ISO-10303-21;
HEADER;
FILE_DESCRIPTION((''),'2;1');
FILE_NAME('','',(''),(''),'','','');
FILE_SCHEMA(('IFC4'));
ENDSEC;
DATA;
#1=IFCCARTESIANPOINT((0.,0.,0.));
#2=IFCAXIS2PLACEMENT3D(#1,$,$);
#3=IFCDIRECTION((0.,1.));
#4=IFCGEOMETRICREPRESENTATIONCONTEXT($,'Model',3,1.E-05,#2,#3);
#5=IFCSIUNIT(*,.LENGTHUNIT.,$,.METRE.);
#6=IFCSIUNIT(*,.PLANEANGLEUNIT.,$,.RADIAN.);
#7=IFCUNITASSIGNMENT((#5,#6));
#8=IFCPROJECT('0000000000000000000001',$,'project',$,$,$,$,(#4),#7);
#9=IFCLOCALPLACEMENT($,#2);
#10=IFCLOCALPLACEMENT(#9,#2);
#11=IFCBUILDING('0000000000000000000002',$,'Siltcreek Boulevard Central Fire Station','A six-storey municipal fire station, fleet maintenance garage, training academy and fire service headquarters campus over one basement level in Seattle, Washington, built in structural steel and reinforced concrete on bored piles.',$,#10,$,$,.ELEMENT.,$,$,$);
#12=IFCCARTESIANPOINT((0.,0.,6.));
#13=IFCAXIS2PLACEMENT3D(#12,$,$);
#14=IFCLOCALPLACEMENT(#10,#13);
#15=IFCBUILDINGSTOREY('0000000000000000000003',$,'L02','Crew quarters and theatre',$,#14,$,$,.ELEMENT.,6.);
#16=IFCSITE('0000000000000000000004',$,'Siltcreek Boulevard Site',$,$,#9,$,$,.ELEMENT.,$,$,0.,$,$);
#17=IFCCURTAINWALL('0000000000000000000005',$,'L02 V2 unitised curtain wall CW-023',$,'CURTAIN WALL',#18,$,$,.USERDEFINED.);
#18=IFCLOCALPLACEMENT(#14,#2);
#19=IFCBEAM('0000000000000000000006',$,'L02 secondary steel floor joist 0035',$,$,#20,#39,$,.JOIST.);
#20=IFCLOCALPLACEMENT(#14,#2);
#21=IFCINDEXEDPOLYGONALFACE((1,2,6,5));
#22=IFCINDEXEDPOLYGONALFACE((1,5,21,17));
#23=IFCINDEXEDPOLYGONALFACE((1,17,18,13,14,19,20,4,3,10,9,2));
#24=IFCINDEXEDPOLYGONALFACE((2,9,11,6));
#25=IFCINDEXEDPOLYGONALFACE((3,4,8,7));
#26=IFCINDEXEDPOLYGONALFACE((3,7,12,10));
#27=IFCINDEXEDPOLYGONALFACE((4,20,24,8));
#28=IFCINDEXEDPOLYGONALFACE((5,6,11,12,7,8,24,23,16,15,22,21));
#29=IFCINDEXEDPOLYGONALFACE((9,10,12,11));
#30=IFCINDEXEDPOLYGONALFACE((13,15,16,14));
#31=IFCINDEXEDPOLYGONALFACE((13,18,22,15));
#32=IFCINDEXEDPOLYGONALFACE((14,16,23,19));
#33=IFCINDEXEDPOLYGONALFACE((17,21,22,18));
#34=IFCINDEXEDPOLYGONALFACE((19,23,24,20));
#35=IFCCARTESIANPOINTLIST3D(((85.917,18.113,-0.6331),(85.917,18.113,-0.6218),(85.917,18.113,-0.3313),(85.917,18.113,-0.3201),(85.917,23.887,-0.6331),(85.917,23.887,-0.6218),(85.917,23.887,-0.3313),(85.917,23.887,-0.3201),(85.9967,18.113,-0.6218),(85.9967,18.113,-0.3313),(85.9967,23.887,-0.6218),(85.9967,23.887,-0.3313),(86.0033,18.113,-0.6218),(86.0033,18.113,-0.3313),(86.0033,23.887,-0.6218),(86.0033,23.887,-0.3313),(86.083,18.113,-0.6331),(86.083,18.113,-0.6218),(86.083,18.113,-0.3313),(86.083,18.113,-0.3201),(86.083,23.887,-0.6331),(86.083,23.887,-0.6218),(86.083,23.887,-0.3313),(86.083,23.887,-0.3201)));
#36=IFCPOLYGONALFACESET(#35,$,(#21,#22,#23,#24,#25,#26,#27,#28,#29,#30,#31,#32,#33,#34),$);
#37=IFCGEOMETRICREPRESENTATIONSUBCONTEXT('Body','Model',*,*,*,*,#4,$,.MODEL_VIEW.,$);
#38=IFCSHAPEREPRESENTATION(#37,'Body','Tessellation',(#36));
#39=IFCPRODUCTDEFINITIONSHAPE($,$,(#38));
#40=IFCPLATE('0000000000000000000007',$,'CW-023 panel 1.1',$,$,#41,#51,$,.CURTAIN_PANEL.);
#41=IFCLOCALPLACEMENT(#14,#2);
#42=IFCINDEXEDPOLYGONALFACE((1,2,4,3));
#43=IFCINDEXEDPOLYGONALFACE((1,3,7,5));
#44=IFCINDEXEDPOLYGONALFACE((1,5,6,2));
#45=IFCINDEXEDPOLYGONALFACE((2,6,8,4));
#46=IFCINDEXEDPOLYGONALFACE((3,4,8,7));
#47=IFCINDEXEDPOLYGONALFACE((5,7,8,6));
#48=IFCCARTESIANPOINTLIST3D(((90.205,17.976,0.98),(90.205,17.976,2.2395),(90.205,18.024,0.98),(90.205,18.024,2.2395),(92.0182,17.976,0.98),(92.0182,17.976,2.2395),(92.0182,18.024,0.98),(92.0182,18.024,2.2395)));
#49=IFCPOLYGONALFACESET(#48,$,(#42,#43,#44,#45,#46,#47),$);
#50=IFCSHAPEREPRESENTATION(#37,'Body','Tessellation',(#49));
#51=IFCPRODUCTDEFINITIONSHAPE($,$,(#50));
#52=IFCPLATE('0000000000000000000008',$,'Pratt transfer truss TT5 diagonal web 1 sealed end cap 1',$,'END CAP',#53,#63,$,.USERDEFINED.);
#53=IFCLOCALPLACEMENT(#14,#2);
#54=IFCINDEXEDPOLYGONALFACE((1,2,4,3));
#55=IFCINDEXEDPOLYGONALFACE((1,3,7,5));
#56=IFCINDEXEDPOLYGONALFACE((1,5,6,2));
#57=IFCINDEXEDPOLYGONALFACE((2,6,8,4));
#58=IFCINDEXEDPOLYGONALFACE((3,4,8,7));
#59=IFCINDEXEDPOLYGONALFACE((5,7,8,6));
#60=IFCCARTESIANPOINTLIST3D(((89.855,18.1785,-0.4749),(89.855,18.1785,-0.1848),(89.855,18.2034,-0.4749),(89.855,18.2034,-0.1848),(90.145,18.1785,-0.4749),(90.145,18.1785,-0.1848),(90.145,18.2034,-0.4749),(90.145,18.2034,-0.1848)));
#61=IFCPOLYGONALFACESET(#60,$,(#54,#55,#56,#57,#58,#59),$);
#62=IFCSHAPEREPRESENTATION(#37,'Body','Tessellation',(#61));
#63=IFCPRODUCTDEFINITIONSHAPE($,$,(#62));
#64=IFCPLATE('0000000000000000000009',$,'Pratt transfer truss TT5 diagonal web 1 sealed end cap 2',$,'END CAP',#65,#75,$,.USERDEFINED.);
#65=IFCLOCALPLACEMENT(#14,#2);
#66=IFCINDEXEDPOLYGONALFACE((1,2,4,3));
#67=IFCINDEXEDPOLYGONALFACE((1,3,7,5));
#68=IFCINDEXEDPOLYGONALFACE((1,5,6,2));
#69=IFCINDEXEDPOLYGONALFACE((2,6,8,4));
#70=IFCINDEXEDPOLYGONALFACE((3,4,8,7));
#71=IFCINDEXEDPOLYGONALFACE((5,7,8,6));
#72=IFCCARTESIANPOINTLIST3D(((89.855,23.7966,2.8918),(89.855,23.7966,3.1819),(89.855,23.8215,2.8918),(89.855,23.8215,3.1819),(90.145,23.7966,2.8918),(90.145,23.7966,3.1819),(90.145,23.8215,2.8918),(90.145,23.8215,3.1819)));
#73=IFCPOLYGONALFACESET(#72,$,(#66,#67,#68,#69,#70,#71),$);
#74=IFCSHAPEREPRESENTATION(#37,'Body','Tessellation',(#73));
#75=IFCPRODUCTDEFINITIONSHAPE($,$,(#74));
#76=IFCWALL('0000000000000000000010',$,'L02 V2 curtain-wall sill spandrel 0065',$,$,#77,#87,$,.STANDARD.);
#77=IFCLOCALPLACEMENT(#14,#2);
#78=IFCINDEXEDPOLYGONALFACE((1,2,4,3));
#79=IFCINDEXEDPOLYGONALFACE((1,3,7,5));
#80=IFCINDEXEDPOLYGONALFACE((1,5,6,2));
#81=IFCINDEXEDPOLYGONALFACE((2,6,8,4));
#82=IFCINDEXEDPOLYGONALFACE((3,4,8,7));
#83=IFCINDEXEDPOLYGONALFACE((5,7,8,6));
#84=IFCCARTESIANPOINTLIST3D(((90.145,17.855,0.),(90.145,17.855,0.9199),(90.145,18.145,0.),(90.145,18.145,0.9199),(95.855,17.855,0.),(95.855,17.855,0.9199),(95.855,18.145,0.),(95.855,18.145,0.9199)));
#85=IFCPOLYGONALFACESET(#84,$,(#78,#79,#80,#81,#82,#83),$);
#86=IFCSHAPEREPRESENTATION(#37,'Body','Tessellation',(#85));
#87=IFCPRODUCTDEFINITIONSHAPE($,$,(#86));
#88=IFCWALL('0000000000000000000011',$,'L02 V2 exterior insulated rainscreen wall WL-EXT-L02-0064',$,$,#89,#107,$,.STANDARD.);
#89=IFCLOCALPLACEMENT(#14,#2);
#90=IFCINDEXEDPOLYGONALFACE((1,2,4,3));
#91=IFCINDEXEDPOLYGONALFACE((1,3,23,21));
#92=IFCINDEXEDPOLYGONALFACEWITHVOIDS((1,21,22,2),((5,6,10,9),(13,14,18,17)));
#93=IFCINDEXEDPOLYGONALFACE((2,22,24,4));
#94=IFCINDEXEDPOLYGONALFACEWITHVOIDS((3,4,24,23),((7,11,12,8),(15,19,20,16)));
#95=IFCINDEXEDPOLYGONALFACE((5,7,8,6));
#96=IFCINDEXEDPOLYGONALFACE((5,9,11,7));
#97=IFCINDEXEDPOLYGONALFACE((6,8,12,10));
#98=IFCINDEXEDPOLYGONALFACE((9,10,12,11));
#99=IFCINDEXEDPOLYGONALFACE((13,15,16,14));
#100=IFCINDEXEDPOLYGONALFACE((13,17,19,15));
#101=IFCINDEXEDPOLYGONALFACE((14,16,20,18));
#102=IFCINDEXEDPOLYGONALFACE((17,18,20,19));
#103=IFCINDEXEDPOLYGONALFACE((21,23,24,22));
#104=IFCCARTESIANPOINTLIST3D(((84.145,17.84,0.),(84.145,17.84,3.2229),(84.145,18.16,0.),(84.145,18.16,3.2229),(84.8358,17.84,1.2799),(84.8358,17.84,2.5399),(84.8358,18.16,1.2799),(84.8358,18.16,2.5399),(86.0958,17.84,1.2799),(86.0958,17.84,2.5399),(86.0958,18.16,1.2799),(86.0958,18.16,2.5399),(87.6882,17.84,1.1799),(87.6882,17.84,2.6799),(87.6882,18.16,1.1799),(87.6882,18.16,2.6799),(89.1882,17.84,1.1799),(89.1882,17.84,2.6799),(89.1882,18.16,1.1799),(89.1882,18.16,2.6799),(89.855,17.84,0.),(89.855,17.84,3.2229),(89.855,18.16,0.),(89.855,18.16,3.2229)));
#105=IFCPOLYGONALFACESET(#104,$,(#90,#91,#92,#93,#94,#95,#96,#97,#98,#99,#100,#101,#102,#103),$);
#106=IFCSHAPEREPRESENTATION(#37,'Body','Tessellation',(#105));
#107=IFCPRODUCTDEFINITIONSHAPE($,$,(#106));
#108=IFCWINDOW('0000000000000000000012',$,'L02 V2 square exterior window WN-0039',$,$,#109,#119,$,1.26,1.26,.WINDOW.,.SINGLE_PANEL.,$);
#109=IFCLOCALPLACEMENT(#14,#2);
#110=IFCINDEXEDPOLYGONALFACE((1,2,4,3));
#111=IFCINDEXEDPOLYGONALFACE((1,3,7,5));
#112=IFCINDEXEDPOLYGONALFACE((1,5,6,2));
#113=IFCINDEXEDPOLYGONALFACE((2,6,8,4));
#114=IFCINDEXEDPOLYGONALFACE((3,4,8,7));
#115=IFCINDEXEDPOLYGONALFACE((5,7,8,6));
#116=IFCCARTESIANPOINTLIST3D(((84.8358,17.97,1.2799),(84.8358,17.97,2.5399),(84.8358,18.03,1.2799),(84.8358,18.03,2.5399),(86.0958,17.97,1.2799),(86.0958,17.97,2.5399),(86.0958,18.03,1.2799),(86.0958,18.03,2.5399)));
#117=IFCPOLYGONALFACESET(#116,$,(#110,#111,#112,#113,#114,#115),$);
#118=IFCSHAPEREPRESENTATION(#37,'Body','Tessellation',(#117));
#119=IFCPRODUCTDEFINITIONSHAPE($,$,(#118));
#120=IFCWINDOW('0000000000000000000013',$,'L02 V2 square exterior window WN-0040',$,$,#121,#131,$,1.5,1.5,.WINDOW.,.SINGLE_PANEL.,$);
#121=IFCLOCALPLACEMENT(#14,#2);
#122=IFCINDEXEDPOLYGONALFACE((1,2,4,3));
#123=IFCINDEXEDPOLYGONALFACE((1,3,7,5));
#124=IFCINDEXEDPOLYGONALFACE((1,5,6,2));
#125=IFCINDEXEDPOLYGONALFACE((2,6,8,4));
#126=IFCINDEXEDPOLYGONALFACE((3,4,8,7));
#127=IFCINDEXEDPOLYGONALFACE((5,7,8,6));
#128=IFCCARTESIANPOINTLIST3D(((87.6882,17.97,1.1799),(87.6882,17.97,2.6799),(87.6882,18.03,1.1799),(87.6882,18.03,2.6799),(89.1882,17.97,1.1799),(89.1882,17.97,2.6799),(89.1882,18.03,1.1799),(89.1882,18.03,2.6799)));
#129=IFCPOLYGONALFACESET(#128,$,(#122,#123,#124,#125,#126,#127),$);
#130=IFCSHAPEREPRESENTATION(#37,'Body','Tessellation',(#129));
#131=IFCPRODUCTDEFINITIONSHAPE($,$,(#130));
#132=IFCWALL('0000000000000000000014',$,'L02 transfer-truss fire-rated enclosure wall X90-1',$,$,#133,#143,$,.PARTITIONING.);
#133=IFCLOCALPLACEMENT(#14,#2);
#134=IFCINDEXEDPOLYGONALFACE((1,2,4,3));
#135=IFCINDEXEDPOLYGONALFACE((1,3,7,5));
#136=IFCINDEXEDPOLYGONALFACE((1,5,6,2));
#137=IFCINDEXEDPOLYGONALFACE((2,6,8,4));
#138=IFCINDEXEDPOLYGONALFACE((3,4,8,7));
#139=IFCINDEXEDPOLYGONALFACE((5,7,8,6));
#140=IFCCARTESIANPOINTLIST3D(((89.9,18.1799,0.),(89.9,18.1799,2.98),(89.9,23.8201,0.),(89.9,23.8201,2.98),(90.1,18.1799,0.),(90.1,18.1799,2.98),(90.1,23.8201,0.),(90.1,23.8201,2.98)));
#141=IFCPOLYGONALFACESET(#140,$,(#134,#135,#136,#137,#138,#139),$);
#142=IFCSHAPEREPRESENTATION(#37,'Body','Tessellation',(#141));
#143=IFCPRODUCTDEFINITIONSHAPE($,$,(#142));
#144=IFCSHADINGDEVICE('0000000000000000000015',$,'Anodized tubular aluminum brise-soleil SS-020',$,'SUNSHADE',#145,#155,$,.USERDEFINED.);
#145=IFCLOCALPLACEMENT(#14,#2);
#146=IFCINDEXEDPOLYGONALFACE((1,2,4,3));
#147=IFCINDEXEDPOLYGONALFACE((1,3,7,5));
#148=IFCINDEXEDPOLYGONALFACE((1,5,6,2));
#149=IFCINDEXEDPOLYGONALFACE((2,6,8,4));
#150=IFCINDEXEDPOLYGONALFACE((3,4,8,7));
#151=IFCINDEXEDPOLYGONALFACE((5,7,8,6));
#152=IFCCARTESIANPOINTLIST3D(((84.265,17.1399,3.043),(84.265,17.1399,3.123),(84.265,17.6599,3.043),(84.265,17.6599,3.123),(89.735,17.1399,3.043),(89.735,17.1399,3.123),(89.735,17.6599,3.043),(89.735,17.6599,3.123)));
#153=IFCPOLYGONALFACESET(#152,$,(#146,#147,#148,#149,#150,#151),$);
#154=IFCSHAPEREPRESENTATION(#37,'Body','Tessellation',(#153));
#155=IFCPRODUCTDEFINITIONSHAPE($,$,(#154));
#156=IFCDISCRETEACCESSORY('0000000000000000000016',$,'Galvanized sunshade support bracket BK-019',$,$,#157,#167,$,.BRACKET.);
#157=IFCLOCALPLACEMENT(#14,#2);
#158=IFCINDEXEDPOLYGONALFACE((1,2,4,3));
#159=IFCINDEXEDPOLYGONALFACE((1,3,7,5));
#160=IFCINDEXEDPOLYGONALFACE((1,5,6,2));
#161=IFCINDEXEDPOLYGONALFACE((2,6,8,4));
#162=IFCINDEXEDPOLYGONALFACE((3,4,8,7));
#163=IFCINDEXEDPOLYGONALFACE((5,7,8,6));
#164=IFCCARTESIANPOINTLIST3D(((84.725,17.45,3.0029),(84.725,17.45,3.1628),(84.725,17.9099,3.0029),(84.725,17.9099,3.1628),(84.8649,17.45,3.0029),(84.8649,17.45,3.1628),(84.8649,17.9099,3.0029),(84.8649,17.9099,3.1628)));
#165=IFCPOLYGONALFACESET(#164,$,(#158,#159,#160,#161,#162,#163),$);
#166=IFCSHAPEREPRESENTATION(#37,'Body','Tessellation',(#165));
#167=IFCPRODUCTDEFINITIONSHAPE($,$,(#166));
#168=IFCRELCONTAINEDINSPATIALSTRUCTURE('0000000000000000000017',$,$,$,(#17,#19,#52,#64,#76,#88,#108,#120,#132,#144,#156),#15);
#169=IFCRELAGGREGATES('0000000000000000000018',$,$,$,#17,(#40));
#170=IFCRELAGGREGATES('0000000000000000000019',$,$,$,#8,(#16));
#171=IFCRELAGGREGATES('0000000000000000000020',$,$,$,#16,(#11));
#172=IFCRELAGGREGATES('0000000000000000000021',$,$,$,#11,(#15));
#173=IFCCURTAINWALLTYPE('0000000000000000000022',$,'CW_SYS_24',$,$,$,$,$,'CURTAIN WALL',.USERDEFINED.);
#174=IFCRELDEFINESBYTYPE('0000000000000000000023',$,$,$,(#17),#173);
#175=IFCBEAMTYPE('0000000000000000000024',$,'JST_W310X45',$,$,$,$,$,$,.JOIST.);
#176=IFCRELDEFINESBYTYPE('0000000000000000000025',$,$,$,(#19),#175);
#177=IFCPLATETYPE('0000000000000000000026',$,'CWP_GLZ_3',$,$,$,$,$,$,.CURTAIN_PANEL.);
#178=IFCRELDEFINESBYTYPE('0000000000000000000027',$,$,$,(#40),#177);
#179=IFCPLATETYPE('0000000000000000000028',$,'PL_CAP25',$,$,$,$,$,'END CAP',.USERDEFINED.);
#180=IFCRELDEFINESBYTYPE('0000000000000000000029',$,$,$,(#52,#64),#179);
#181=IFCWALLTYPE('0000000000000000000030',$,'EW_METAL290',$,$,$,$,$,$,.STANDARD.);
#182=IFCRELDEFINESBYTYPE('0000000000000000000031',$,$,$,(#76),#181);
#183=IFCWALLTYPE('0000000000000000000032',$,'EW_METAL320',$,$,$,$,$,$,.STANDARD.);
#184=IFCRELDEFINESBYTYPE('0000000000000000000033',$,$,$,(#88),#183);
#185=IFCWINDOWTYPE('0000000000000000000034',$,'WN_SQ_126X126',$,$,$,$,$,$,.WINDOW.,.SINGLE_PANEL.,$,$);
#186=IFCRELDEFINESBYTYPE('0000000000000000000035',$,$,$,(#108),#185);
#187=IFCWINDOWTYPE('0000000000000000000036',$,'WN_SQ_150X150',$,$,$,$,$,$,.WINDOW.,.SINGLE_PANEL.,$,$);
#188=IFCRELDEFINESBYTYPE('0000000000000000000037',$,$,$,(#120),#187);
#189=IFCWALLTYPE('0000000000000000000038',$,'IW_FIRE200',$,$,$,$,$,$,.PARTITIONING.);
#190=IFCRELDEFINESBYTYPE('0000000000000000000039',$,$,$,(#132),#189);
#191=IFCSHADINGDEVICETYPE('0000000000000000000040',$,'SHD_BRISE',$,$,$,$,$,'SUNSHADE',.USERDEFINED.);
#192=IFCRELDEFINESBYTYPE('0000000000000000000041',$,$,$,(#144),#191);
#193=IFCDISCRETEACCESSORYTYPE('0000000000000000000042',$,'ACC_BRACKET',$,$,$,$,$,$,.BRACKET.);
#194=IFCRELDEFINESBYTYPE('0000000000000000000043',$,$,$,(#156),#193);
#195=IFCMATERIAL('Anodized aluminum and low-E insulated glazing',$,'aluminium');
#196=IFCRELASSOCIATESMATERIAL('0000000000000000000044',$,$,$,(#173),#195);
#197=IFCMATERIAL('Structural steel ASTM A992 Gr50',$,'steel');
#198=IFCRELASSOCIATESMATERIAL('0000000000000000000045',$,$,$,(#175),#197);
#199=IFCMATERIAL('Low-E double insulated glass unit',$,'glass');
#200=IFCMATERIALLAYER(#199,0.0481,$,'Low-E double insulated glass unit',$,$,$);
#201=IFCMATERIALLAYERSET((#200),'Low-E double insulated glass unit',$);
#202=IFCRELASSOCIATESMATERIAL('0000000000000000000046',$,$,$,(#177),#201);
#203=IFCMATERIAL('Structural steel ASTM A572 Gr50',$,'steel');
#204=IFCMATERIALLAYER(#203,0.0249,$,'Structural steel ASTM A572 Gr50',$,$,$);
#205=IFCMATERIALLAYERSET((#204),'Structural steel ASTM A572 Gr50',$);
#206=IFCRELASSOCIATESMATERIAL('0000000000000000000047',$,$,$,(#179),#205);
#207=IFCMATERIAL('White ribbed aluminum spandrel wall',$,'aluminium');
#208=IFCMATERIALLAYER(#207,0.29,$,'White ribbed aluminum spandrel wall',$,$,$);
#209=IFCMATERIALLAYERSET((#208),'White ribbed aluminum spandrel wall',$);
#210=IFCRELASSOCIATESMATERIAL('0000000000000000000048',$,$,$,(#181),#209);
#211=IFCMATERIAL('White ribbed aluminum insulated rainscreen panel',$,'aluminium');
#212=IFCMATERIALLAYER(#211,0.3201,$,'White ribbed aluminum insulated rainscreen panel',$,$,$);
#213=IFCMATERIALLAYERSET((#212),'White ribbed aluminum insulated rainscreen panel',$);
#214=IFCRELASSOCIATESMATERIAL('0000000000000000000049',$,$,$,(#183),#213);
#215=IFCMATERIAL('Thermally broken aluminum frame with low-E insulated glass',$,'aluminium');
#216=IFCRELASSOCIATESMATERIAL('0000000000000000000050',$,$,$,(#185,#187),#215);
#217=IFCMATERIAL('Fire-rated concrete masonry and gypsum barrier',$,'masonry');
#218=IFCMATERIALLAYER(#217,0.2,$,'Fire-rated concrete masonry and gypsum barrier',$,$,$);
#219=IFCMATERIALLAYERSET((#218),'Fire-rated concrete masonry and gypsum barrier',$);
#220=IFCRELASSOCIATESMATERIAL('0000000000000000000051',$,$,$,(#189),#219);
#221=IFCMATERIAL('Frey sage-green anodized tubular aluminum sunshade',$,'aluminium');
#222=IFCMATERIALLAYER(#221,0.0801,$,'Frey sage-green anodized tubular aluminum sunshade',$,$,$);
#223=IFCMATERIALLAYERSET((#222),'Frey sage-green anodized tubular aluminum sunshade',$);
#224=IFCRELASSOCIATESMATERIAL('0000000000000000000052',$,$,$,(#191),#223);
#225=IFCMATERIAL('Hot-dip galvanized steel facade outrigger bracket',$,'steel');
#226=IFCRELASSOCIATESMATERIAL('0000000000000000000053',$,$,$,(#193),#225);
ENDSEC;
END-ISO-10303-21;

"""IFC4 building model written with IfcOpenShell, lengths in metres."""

from ifc_helpers import new_model, si_unit, direction, frame, frame_2d, origin, origin_2d, place, context, subcontext, project, spatial, rectangle, i_section, extrude, material, layer, layer_set, material_profile, profile_set, type_object, element, fill, aggregate, save


model = new_model("IFC4")

# Units and contexts
model_context = context("Model", 3, precision=1e-05, world=origin(), true_north=direction((0.0, 1.0)))
body_context = subcontext(model_context, "Body", "Model", "MODEL_VIEW")
ifc_project = project(units=[si_unit("LENGTHUNIT", "METRE"), si_unit("PLANEANGLEUNIT", "RADIAN")], contexts=[model_context])

# Site, building, storey
site_placement = place(None, origin())
site = spatial("IfcSite", under=ifc_project, at=site_placement, Name="Siltcreek Boulevard Site", CompositionType="ELEMENT", RefElevation=0.0)
building_placement = place(site_placement, origin())
building = spatial("IfcBuilding", under=site, at=building_placement, Name="Siltcreek Boulevard Central Fire Station", Description="A six-storey municipal fire station, fleet maintenance garage, training academy and fire service headquarters campus over one basement level in Seattle, Washington, built in structural steel and reinforced concrete on bored piles.", CompositionType="ELEMENT")
storey_placement = place(building_placement, frame((0.0, 0.0, 6.0)))
storey = spatial("IfcBuildingStorey", under=building, at=storey_placement, Name="L02", Description="Crew quarters and theatre", CompositionType="ELEMENT", Elevation=6.0)

# Shared definitions
ifc_material_1 = material(Name="Structural steel ASTM A992 Gr50", Category="steel")

# Curtain wall
ifc_material_2 = material(Name="Anodized aluminum and low-E insulated glazing", Category="aluminium")
curtain_wall_type = type_object("IfcCurtainWallType", Name="CW_SYS_24", ElementType="CURTAIN WALL", PredefinedType="USERDEFINED", material=ifc_material_2)
curtain_wall_placement = place(storey_placement, origin())
curtain_wall = element("IfcCurtainWall", 1, at=curtain_wall_placement, inside=storey, type_object=curtain_wall_type, Name="L02 V2 unitised curtain wall CW-023", ObjectType="CURTAIN WALL", PredefinedType="USERDEFINED")

# Beam
ifc_material_profile_1 = material_profile(ifc_material_1, i_section(OverallWidth=0.166, OverallDepth=0.313, WebThickness=0.0066, FlangeThickness=0.0112, at=origin_2d()), Name="W310X45")
ifc_profile_set_1 = profile_set([ifc_material_profile_1], Name="Structural steel ASTM A992 Gr50")
beam_type_1 = type_object("IfcBeamType", Name="JST_W310X45", PredefinedType="JOIST", material=ifc_profile_set_1)
beam_1_placement = place(storey_placement, frame((86.0, 18.113, -0.4766), z_axis=(0.0, 1.0, 0.0), x_axis=(-1.0, 0.0, 0.0)))
element("IfcBeam", 2, at=beam_1_placement, inside=storey, type_object=beam_type_1, Name="L02 secondary steel floor joist 0035", PredefinedType="JOIST", context=body_context, shape_type="SweptSolid", body=[
    extrude(i_section(OverallWidth=0.166, OverallDepth=0.313, WebThickness=0.0066, FlangeThickness=0.0112, at=origin_2d()), origin(), (0.0, 0.0, 1.0), 5.7739),
])

# Plate
ifc_material_3 = material(Name="Low-E double insulated glass unit", Category="glass")
ifc_layer_1 = layer(ifc_material_3, 0.0481, Name="Low-E double insulated glass unit")
ifc_layer_set_1 = layer_set([ifc_layer_1], Name="Low-E double insulated glass unit")
plate_type_1 = type_object("IfcPlateType", Name="CWP_GLZ_3", PredefinedType="CURTAIN_PANEL", material=ifc_layer_set_1)
plate_placement = place(storey_placement, frame((91.1116, 18.0, 0.98), z_axis=(0.0, 0.0, 1.0), x_axis=(1.0, 0.0, 0.0)))
plate = element("IfcPlate", 3, at=plate_placement, type_object=plate_type_1, Name="CW-023 panel 1.1", PredefinedType="CURTAIN_PANEL", context=body_context, shape_type="SweptSolid", body=[
    extrude(rectangle(XDim=1.8132, YDim=0.0481, at=origin_2d()), origin(), (0.0, 0.0, 1.0), 1.2595),
])
aggregate(curtain_wall, [plate])

# Plates
ifc_material_4 = material(Name="Structural steel ASTM A572 Gr50", Category="steel")
ifc_layer_2 = layer(ifc_material_4, 0.0249, Name="Structural steel ASTM A572 Gr50")
ifc_layer_set_2 = layer_set([ifc_layer_2], Name="Structural steel ASTM A572 Gr50")
plate_type_2 = type_object("IfcPlateType", Name="PL_CAP25", ElementType="END CAP", PredefinedType="USERDEFINED", material=ifc_layer_set_2)
for number, where, z_axis, x_axis, name in (
    (4, (90.0, 18.1909, -0.4749), (0.0, 0.0, 1.0), (0.0, 1.0, 0.0), "Pratt transfer truss TT5 diagonal web 1 sealed end cap 1"),
    (5, (90.0, 23.8091, 2.8918), (0.0, 0.0, 1.0), (0.0, 1.0, 0.0), "Pratt transfer truss TT5 diagonal web 1 sealed end cap 2"),
):
    element("IfcPlate", number, at=place(storey_placement, frame(where, z_axis=z_axis, x_axis=x_axis)), inside=storey, type_object=plate_type_2, Name=name, ObjectType="END CAP", PredefinedType="USERDEFINED", context=body_context, shape_type="SweptSolid", body=[
        extrude(rectangle(XDim=0.0249, YDim=0.29, at=origin_2d()), origin(), (0.0, 0.0, 1.0), 0.29),
    ])

# Wall
ifc_material_5 = material(Name="White ribbed aluminum spandrel wall", Category="aluminium")
ifc_layer_3 = layer(ifc_material_5, 0.29, Name="White ribbed aluminum spandrel wall")
ifc_layer_set_3 = layer_set([ifc_layer_3], Name="White ribbed aluminum spandrel wall")
wall_type_1 = type_object("IfcWallType", Name="EW_METAL290", PredefinedType="STANDARD", material=ifc_layer_set_3)
wall_1_placement = place(storey_placement, frame((90.145, 18.0, 0.0), z_axis=(0.0, 0.0, 1.0), x_axis=(1.0, 0.0, 0.0)))
element("IfcWall", 6, at=wall_1_placement, inside=storey, type_object=wall_type_1, Name="L02 V2 curtain-wall sill spandrel 0065", PredefinedType="STANDARD", context=body_context, shape_type="SweptSolid", body=[
    extrude(rectangle(XDim=5.71, YDim=0.29, at=frame_2d((2.855, 0.0))), origin(), (0.0, 0.0, 1.0), 0.9199),
])

# Wall, openings, windows
ifc_material_6 = material(Name="White ribbed aluminum insulated rainscreen panel", Category="aluminium")
ifc_layer_4 = layer(ifc_material_6, 0.3201, Name="White ribbed aluminum insulated rainscreen panel")
ifc_layer_set_4 = layer_set([ifc_layer_4], Name="White ribbed aluminum insulated rainscreen panel")
wall_type_2 = type_object("IfcWallType", Name="EW_METAL320", PredefinedType="STANDARD", material=ifc_layer_set_4)
wall_2_placement = place(storey_placement, frame((84.145, 18.0, 0.0), z_axis=(0.0, 0.0, 1.0), x_axis=(1.0, 0.0, 0.0)))
wall_2 = element("IfcWall", 7, at=wall_2_placement, inside=storey, type_object=wall_type_2, Name="L02 V2 exterior insulated rainscreen wall WL-EXT-L02-0064", PredefinedType="STANDARD", context=body_context, shape_type="SweptSolid", body=[
    extrude(rectangle(XDim=5.71, YDim=0.3201, at=frame_2d((2.855, 0.0))), origin(), (0.0, 0.0, 1.0), 3.2229),
])
opening_1_placement = place(wall_2_placement, frame((0.6909, 0.0, 1.28)))
opening_1 = element("IfcOpeningElement", 8, at=opening_1_placement, cuts=wall_2, PredefinedType="OPENING", context=body_context, shape_type="SweptSolid", body=[
    extrude(rectangle(XDim=1.26, YDim=1.26, at=frame_2d((0.6299, 0.6299))), frame((0.0, 0.1699, 0.0), z_axis=(0.0, -1.0, 0.0), x_axis=(1.0, 0.0, 0.0)), (0.0, 0.0, 1.0), 0.3401),
])
opening_2_placement = place(wall_2_placement, frame((3.5432, 0.0, 1.1799)))
opening_2 = element("IfcOpeningElement", 9, at=opening_2_placement, cuts=wall_2, PredefinedType="OPENING", context=body_context, shape_type="SweptSolid", body=[
    extrude(rectangle(XDim=1.5, YDim=1.5, at=frame_2d((0.75, 0.75))), frame((0.0, 0.1699, 0.0), z_axis=(0.0, -1.0, 0.0), x_axis=(1.0, 0.0, 0.0)), (0.0, 0.0, 1.0), 0.3401),
])
ifc_material_7 = material(Name="Thermally broken aluminum frame with low-E insulated glass", Category="aluminium")
window_type_1 = type_object("IfcWindowType", Name="WN_SQ_126X126", PartitioningType="SINGLE_PANEL", PredefinedType="WINDOW", material=ifc_material_7)
window_1_placement = place(opening_1_placement, origin())
window_1 = element("IfcWindow", 10, at=window_1_placement, inside=storey, type_object=window_type_1, Name="L02 V2 square exterior window WN-0039", OverallHeight=1.26, OverallWidth=1.26, PartitioningType="SINGLE_PANEL", PredefinedType="WINDOW", context=body_context, shape_type="SweptSolid", body=[
    extrude(rectangle(XDim=1.26, YDim=1.26, at=frame_2d((0.6299, 0.6299))), frame((0.0, 0.03, 0.0), z_axis=(0.0, -1.0, 0.0), x_axis=(1.0, 0.0, 0.0)), (0.0, 0.0, 1.0), 0.0601),
])
fill(opening_1, window_1)
window_type_2 = type_object("IfcWindowType", Name="WN_SQ_150X150", PartitioningType="SINGLE_PANEL", PredefinedType="WINDOW", material=ifc_material_7)
window_2_placement = place(opening_2_placement, origin())
window_2 = element("IfcWindow", 11, at=window_2_placement, inside=storey, type_object=window_type_2, Name="L02 V2 square exterior window WN-0040", OverallHeight=1.5, OverallWidth=1.5, PartitioningType="SINGLE_PANEL", PredefinedType="WINDOW", context=body_context, shape_type="SweptSolid", body=[
    extrude(rectangle(XDim=1.5, YDim=1.5, at=frame_2d((0.75, 0.75))), frame((0.0, 0.03, 0.0), z_axis=(0.0, -1.0, 0.0), x_axis=(1.0, 0.0, 0.0)), (0.0, 0.0, 1.0), 0.0601),
])
fill(opening_2, window_2)

# Wall
ifc_material_8 = material(Name="Fire-rated concrete masonry and gypsum barrier", Category="masonry")
ifc_layer_5 = layer(ifc_material_8, 0.2, Name="Fire-rated concrete masonry and gypsum barrier")
ifc_layer_set_5 = layer_set([ifc_layer_5], Name="Fire-rated concrete masonry and gypsum barrier")
wall_type_3 = type_object("IfcWallType", Name="IW_FIRE200", PredefinedType="PARTITIONING", material=ifc_layer_set_5)
wall_3_placement = place(storey_placement, frame((90.0, 18.1799, 0.0), z_axis=(0.0, 0.0, 1.0), x_axis=(0.0, 1.0, 0.0)))
element("IfcWall", 12, at=wall_3_placement, inside=storey, type_object=wall_type_3, Name="L02 transfer-truss fire-rated enclosure wall X90-1", PredefinedType="PARTITIONING", context=body_context, shape_type="SweptSolid", body=[
    extrude(rectangle(XDim=5.6401, YDim=0.2, at=frame_2d((2.8201, 0.0))), origin(), (0.0, 0.0, 1.0), 2.98),
])

# Shading device
ifc_material_9 = material(Name="Frey sage-green anodized tubular aluminum sunshade", Category="aluminium")
ifc_layer_6 = layer(ifc_material_9, 0.0801, Name="Frey sage-green anodized tubular aluminum sunshade")
ifc_layer_set_6 = layer_set([ifc_layer_6], Name="Frey sage-green anodized tubular aluminum sunshade")
shading_device_type = type_object("IfcShadingDeviceType", Name="SHD_BRISE", ElementType="SUNSHADE", PredefinedType="USERDEFINED", material=ifc_layer_set_6)
shading_device_placement = place(storey_placement, frame((87.0, 17.3999, 3.043), z_axis=(0.0, 0.0, 1.0), x_axis=(1.0, 0.0, 0.0)))
element("IfcShadingDevice", 13, at=shading_device_placement, inside=storey, type_object=shading_device_type, Name="Anodized tubular aluminum brise-soleil SS-020", ObjectType="SUNSHADE", PredefinedType="USERDEFINED", context=body_context, shape_type="SweptSolid", body=[
    extrude(rectangle(XDim=5.47, YDim=0.52, at=origin_2d()), origin(), (0.0, 0.0, 1.0), 0.0801),
])

# Discrete accessory
ifc_material_10 = material(Name="Hot-dip galvanized steel facade outrigger bracket", Category="steel")
discrete_accessory_type = type_object("IfcDiscreteAccessoryType", Name="ACC_BRACKET", PredefinedType="BRACKET", material=ifc_material_10)
for number, where, z_axis, x_axis, name in (
    (14, (84.7949, 17.6799, 3.0029), (0.0, 0.0, 1.0), (1.0, 0.0, 0.0), "Galvanized sunshade support bracket BK-019"),
):
    element("IfcDiscreteAccessory", number, at=place(storey_placement, frame(where, z_axis=z_axis, x_axis=x_axis)), inside=storey, type_object=discrete_accessory_type, Name=name, PredefinedType="BRACKET", context=body_context, shape_type="SweptSolid", body=[
        extrude(rectangle(XDim=0.1399, YDim=0.46, at=origin_2d()), origin(), (0.0, 0.0, 1.0), 0.1599),
    ])

save(model, "model.ifc")
